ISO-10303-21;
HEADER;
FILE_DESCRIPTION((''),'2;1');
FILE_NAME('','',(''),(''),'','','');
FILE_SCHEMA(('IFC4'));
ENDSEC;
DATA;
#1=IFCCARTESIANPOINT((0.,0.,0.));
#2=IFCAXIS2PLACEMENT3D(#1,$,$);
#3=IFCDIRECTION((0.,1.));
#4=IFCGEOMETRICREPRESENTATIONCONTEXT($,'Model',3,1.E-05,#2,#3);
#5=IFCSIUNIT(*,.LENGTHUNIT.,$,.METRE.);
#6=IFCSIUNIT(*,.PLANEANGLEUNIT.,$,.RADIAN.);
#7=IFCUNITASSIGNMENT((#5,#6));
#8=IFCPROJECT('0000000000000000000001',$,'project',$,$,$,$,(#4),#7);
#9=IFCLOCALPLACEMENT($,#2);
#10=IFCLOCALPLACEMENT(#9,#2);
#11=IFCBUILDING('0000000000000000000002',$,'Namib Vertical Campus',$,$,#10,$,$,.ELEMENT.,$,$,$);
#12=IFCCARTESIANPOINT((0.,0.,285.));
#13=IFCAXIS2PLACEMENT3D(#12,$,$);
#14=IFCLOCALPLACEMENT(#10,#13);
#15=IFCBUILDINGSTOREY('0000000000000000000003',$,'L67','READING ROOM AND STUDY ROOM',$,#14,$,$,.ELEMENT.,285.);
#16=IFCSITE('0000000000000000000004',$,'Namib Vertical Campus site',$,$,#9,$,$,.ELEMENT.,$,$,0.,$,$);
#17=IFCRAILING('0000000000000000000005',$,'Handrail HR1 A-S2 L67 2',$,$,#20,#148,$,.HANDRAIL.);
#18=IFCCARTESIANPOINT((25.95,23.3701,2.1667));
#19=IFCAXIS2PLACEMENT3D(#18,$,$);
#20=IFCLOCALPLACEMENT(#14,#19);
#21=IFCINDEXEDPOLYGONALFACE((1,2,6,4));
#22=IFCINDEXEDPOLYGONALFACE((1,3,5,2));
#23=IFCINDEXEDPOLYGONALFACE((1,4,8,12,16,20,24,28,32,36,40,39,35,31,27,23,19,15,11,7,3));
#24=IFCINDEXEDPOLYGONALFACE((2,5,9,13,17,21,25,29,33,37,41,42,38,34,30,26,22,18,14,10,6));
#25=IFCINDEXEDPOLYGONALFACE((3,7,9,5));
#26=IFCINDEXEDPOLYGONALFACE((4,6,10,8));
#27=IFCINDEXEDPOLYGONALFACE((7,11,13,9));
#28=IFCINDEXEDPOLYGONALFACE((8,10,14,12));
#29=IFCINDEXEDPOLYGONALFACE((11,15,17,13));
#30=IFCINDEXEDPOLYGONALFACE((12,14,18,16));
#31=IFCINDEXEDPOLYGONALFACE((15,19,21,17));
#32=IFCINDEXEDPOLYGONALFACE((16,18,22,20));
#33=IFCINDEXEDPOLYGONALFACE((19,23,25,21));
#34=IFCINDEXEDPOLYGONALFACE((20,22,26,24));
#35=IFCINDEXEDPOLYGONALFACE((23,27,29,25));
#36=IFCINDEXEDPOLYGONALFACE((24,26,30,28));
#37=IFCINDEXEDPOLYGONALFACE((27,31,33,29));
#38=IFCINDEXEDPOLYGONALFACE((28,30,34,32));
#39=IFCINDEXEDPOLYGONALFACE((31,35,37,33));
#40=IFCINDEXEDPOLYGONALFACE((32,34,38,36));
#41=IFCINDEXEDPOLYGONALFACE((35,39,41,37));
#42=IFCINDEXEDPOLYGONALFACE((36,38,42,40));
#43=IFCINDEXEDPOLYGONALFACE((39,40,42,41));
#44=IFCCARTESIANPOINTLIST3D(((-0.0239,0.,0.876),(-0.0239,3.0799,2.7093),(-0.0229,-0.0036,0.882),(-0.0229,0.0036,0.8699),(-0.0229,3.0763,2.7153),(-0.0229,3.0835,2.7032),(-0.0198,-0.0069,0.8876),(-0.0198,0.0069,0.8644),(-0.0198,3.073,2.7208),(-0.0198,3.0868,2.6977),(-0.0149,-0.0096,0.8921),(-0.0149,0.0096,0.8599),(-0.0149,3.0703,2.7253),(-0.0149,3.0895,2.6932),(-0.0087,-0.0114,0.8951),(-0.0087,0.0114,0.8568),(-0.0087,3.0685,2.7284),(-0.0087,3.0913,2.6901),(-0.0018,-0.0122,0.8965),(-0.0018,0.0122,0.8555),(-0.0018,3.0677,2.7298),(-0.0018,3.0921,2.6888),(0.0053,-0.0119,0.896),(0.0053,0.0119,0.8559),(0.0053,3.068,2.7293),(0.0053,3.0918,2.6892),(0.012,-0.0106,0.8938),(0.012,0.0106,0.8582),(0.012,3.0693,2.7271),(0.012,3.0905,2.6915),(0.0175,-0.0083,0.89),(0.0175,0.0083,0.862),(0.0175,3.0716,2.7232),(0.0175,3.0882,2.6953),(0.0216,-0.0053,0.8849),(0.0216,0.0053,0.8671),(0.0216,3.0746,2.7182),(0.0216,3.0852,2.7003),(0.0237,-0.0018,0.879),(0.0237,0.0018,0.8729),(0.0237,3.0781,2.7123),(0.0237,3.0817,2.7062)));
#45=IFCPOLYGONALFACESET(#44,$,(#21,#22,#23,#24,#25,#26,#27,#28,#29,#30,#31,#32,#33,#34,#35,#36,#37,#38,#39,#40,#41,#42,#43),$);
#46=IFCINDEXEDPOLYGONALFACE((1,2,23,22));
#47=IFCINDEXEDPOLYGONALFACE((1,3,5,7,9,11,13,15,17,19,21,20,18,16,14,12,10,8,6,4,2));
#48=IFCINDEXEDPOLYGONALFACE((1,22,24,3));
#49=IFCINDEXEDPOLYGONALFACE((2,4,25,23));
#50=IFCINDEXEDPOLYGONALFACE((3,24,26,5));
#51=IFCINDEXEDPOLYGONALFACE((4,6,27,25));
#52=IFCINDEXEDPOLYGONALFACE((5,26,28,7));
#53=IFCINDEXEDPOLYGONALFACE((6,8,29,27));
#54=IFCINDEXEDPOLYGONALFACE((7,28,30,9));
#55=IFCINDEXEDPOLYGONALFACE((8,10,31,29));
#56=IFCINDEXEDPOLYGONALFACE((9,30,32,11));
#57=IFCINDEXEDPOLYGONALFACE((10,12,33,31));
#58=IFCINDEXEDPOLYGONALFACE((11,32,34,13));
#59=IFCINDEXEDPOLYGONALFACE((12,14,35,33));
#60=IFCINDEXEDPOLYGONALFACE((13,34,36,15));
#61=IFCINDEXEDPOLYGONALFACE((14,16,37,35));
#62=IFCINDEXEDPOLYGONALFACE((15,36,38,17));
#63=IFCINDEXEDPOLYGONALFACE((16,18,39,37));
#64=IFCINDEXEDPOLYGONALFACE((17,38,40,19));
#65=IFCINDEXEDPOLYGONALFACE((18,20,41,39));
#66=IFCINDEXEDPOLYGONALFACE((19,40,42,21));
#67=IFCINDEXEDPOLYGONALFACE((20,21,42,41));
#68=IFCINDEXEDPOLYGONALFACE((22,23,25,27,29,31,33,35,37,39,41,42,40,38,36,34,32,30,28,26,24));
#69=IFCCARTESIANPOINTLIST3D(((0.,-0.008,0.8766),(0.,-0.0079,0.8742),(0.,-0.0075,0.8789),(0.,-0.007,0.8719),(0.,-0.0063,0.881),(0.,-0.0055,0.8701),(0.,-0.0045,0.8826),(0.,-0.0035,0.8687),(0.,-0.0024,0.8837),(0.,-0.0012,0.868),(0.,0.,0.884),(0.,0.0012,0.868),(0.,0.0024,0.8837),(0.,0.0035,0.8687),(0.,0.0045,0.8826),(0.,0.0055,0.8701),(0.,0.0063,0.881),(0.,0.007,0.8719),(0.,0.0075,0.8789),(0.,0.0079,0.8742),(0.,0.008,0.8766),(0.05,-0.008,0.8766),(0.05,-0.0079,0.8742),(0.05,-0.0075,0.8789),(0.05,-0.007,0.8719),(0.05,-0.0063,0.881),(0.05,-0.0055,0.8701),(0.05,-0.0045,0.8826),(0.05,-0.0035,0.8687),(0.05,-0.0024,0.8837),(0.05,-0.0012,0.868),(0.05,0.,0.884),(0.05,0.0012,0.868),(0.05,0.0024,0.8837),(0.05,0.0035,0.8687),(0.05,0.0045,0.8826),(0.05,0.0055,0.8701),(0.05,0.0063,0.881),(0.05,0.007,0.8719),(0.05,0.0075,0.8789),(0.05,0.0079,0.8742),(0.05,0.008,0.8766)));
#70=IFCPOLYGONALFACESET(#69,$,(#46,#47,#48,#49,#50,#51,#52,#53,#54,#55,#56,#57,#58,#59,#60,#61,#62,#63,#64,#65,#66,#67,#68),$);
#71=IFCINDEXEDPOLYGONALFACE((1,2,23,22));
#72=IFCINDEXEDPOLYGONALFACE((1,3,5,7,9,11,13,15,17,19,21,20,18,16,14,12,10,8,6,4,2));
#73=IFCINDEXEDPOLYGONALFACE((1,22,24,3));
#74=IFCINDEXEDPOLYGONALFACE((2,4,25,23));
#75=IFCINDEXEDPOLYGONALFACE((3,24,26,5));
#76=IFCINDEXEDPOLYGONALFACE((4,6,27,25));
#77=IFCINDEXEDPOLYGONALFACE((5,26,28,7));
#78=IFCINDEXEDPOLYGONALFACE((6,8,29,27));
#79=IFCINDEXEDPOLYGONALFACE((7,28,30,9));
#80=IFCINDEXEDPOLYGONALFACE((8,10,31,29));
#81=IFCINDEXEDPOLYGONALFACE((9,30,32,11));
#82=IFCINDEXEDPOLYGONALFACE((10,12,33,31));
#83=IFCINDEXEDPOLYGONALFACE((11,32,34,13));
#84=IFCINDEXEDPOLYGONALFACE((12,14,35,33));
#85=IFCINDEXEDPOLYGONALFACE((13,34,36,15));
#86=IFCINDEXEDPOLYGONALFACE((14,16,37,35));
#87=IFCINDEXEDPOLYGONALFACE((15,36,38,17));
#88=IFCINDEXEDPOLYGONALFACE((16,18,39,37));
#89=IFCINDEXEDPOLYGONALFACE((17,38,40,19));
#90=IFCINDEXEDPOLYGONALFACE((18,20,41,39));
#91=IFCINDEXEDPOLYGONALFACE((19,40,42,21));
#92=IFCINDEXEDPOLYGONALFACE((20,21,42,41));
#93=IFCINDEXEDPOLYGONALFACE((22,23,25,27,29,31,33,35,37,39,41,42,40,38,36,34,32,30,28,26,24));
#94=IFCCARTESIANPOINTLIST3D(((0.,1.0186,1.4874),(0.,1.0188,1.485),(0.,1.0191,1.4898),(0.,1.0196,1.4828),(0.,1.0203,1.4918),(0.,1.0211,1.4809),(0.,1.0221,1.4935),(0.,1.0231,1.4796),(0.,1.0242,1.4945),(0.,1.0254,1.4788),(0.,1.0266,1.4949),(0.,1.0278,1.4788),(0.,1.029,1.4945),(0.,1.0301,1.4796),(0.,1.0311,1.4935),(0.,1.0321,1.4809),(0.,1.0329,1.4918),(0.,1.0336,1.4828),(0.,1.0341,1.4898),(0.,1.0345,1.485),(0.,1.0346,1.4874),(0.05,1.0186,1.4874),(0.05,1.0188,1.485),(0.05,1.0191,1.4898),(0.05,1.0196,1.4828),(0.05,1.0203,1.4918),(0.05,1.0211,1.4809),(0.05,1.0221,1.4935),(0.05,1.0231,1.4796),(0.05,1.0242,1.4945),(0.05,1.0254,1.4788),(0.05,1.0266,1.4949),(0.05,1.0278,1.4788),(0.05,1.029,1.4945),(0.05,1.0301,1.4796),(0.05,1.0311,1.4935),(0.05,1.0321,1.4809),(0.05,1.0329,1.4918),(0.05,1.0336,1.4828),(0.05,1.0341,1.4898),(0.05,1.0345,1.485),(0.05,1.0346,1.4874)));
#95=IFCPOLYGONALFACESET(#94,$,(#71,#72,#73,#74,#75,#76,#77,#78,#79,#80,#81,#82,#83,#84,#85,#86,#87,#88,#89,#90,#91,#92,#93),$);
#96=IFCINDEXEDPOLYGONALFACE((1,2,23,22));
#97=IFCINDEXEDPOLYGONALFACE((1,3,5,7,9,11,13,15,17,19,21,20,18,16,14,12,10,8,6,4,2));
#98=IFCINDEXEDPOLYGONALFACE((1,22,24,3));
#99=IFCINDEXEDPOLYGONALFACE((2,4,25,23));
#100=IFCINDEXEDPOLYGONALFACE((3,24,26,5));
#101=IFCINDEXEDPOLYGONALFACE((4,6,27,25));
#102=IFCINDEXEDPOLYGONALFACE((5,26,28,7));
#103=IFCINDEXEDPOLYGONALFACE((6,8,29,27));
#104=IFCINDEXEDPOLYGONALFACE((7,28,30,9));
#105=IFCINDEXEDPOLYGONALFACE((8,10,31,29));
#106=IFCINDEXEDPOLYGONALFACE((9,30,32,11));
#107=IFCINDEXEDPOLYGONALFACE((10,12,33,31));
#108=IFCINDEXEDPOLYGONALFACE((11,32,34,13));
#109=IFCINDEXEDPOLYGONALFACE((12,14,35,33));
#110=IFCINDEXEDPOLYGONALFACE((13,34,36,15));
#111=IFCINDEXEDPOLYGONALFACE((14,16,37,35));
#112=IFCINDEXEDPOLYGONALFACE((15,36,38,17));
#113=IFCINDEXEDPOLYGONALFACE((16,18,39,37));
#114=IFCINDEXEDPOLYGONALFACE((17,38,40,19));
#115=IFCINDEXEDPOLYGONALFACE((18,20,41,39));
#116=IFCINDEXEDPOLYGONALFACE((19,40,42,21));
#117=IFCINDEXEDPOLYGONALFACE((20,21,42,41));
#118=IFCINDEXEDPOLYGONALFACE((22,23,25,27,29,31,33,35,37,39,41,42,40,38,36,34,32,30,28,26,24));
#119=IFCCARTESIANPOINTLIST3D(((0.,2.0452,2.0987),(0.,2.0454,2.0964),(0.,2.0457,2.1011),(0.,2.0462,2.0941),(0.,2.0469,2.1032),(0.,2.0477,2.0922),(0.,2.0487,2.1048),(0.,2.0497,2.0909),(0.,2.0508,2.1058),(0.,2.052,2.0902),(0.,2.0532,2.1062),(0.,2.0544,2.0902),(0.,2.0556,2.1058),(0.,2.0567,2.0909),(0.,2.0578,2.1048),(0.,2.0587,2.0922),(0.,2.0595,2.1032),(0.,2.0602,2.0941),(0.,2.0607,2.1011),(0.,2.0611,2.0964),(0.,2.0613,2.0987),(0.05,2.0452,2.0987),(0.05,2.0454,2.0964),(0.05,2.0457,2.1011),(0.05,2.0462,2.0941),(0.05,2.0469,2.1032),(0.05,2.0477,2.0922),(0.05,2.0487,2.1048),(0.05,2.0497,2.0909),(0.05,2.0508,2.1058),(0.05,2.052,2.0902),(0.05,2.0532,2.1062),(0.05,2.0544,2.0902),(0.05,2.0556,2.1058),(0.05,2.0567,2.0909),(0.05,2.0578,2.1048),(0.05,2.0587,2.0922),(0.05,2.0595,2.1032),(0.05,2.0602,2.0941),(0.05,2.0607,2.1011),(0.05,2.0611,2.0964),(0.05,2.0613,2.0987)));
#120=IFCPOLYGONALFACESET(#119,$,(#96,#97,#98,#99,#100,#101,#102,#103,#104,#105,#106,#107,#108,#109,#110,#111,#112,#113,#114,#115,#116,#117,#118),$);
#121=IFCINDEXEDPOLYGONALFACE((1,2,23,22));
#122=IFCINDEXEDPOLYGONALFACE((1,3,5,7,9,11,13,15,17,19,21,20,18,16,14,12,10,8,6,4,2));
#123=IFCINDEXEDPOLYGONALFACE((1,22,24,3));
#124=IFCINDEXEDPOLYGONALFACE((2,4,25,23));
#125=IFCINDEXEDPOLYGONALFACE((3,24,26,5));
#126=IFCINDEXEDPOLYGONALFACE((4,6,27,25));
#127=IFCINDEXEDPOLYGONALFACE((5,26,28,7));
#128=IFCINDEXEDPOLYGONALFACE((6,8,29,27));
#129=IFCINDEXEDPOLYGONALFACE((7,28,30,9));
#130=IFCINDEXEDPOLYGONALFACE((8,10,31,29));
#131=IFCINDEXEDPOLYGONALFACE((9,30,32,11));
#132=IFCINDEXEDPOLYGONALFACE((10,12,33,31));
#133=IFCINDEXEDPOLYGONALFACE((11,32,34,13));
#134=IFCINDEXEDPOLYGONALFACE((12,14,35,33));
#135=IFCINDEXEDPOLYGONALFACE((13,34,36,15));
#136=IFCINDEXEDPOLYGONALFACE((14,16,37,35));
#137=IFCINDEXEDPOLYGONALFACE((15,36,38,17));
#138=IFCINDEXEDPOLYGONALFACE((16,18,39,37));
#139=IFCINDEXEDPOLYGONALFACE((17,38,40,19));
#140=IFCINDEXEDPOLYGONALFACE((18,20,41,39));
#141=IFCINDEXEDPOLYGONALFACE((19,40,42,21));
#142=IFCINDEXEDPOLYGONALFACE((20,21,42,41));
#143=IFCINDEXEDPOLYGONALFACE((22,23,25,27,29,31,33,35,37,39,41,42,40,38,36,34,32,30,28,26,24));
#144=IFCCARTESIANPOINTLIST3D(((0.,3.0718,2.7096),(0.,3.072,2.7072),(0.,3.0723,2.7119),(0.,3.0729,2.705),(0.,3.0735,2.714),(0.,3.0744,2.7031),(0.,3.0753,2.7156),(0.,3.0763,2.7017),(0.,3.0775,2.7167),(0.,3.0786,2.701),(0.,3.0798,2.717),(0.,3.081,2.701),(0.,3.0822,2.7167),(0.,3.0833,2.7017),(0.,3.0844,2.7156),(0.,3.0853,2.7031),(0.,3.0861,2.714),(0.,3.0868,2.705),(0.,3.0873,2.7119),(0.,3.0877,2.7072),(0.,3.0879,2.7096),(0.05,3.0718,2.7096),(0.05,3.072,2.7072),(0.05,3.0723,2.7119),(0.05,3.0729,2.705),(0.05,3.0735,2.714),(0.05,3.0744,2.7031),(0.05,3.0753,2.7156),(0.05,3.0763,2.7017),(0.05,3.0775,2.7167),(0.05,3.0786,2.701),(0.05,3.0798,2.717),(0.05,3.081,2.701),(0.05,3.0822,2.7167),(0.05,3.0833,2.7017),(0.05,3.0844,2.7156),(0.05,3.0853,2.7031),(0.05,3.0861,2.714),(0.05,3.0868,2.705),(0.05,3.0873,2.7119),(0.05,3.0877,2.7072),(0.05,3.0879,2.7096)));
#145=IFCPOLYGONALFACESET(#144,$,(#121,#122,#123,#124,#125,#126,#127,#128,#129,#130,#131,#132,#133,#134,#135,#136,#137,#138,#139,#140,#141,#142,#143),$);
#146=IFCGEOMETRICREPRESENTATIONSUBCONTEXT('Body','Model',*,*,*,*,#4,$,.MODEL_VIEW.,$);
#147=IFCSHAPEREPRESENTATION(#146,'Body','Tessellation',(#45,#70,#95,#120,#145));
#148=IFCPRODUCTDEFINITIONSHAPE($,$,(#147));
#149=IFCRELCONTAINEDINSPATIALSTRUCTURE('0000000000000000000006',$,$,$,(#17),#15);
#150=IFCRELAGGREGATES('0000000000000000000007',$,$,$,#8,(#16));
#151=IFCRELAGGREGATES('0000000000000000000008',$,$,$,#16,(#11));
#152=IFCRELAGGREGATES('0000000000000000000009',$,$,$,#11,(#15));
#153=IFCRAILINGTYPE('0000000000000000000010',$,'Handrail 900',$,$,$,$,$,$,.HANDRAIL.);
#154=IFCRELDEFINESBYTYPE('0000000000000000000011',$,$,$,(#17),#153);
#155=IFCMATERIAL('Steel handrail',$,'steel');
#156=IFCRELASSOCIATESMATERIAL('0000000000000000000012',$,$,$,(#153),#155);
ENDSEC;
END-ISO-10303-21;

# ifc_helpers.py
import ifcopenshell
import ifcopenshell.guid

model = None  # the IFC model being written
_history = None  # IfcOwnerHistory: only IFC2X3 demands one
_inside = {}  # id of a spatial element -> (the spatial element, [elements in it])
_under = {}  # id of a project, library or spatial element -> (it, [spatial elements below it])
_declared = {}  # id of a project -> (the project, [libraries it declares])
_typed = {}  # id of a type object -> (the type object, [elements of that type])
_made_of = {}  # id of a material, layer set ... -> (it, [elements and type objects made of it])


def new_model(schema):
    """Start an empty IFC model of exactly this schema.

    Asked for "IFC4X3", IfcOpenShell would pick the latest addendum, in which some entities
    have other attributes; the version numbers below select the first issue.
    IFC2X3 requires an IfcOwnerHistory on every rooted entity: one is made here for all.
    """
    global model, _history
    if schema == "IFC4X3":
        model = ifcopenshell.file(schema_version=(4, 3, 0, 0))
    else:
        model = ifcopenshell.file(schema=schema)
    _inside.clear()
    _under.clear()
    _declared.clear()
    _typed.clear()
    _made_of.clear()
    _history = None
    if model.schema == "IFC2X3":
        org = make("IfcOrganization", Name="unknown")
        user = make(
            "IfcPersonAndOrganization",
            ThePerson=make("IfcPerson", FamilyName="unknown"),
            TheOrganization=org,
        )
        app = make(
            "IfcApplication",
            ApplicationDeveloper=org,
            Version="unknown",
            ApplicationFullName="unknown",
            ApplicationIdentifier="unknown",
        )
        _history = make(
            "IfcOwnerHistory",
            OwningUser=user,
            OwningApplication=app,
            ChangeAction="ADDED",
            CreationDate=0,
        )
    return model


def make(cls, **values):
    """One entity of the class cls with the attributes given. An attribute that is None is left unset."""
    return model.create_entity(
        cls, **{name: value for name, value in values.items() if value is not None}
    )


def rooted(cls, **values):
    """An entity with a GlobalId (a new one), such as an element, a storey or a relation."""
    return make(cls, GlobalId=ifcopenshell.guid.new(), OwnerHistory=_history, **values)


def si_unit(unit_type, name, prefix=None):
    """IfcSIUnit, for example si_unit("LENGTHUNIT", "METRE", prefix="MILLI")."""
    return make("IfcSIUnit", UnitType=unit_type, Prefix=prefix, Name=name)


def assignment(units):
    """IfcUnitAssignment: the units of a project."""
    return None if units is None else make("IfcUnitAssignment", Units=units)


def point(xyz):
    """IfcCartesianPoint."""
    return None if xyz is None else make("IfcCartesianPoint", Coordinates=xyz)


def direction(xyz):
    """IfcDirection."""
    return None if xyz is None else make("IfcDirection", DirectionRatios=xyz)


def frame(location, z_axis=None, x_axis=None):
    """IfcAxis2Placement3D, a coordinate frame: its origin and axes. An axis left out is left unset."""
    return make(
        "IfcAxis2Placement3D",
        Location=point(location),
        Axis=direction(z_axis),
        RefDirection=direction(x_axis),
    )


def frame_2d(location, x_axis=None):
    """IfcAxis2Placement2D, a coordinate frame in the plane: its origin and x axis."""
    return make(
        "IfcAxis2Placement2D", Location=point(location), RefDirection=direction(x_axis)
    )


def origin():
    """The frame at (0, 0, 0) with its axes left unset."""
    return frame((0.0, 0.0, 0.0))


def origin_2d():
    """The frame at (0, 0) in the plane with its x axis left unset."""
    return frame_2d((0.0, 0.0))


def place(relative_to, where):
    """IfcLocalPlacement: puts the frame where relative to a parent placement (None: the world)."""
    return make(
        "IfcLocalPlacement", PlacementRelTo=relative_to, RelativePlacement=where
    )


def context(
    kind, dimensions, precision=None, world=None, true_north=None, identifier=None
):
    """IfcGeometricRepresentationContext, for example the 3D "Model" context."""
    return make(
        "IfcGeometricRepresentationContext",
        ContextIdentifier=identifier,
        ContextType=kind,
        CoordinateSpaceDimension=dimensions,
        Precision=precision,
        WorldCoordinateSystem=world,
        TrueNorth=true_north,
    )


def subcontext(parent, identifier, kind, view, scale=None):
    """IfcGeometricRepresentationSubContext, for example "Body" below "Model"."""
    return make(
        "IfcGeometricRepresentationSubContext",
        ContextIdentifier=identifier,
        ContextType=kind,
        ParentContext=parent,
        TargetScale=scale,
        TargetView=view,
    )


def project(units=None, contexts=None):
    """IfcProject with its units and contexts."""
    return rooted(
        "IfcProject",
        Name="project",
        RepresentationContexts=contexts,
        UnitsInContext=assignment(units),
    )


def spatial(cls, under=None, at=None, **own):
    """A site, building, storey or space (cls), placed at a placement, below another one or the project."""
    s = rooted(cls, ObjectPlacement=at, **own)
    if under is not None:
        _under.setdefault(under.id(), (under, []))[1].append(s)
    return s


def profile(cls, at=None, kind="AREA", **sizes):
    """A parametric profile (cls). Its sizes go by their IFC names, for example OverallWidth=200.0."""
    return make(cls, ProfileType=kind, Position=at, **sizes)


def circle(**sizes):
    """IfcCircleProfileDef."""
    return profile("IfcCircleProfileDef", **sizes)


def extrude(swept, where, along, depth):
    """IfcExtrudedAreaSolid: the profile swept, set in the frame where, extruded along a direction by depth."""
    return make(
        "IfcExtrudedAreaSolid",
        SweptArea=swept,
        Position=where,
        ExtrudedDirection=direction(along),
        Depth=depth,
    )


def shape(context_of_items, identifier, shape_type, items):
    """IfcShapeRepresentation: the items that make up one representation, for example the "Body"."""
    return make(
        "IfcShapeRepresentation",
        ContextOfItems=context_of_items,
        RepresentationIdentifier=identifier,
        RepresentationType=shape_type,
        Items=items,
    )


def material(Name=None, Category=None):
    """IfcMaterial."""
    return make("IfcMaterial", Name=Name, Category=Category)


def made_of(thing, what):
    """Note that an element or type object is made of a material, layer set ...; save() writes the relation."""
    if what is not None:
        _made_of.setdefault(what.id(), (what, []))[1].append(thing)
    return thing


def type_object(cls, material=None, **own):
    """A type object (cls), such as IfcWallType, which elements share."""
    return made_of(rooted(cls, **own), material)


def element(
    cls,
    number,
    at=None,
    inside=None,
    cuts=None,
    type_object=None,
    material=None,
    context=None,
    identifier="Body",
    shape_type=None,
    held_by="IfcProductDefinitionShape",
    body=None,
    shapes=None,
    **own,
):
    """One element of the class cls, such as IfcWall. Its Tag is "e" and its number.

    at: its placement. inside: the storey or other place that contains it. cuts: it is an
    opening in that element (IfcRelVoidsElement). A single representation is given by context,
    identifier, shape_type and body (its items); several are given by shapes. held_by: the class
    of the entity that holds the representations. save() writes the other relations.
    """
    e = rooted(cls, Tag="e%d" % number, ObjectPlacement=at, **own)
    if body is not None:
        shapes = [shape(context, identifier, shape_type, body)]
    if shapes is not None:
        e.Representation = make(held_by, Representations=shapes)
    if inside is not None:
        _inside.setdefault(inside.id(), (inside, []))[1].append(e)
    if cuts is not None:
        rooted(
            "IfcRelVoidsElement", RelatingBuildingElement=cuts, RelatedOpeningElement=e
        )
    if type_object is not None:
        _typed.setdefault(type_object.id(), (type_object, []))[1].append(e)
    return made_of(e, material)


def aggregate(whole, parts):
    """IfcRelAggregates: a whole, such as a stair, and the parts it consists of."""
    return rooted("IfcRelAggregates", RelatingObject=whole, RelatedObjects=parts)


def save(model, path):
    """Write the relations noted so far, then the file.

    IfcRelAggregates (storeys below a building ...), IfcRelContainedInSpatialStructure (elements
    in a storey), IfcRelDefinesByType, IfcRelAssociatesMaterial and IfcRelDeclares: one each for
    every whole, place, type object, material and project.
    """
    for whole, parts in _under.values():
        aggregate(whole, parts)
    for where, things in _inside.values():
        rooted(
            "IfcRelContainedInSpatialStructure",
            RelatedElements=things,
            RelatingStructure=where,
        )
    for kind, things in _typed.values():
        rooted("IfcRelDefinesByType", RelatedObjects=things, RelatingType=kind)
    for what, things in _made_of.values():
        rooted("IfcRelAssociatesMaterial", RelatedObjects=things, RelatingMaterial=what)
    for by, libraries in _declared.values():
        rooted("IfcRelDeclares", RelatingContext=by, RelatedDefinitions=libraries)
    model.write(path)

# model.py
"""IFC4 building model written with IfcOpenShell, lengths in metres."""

from ifc_helpers import new_model, si_unit, direction, frame, origin, origin_2d, place, context, subcontext, project, spatial, circle, extrude, material, type_object, element, save


model = new_model("IFC4")

# Units and contexts
model_context = context("Model", 3, precision=1e-05, world=origin(), true_north=direction((0.0, 1.0)))
body_context = subcontext(model_context, "Body", "Model", "MODEL_VIEW")
ifc_project = project(units=[si_unit("LENGTHUNIT", "METRE"), si_unit("PLANEANGLEUNIT", "RADIAN")], contexts=[model_context])

# Site, building, storey
site_placement = place(None, origin())
site = spatial("IfcSite", under=ifc_project, at=site_placement, Name="Namib Vertical Campus site", CompositionType="ELEMENT", RefElevation=0.0)
building_placement = place(site_placement, origin())
building = spatial("IfcBuilding", under=site, at=building_placement, Name="Namib Vertical Campus", CompositionType="ELEMENT")
storey_placement = place(building_placement, frame((0.0, 0.0, 285.0)))
storey = spatial("IfcBuildingStorey", under=building, at=storey_placement, Name="L67", Description="READING ROOM AND STUDY ROOM", CompositionType="ELEMENT", Elevation=285.0)

# Railing
ifc_material_1 = material(Name="Steel handrail", Category="steel")
railing_type_1 = type_object("IfcRailingType", Name="Handrail 900", PredefinedType="HANDRAIL", material=ifc_material_1)
railing_1_placement = place(storey_placement, frame((25.95, 23.3701, 2.1667)))
element("IfcRailing", 1, at=railing_1_placement, inside=storey, type_object=railing_type_1, Name="Handrail HR1 A-S2 L67 2", PredefinedType="HANDRAIL", context=body_context, shape_type="SweptSolid", body=[
    extrude(circle(Radius=0.0239, at=origin_2d()), frame((0.0, 0.0, 0.876), z_axis=(0.0, 0.859291, 0.511487), x_axis=(-1.0, 0.0, 0.0)), (0.0, 0.0, 1.0), 3.5842),
    extrude(circle(Radius=0.0081, at=origin_2d()), frame((0.0, 0.0, 0.876), z_axis=(1.0, 0.0, 0.0), x_axis=(0.0, 0.0, 1.0)), (0.0, 0.0, 1.0), 0.05),
    extrude(circle(Radius=0.0081, at=origin_2d()), frame((0.0, 1.0266, 1.4868), z_axis=(1.0, 0.0, 0.0), x_axis=(0.0, 0.0, 1.0)), (0.0, 0.0, 1.0), 0.05),
    extrude(circle(Radius=0.0081, at=origin_2d()), frame((0.0, 2.0532, 2.0981), z_axis=(1.0, 0.0, 0.0), x_axis=(0.0, 0.0, 1.0)), (0.0, 0.0, 1.0), 0.05),
    extrude(circle(Radius=0.0081, at=origin_2d()), frame((0.0, 3.0798, 2.709), z_axis=(1.0, 0.0, 0.0), x_axis=(0.0, 0.0, 1.0)), (0.0, 0.0, 1.0), 0.05),
])

save(model, "model.ifc")
